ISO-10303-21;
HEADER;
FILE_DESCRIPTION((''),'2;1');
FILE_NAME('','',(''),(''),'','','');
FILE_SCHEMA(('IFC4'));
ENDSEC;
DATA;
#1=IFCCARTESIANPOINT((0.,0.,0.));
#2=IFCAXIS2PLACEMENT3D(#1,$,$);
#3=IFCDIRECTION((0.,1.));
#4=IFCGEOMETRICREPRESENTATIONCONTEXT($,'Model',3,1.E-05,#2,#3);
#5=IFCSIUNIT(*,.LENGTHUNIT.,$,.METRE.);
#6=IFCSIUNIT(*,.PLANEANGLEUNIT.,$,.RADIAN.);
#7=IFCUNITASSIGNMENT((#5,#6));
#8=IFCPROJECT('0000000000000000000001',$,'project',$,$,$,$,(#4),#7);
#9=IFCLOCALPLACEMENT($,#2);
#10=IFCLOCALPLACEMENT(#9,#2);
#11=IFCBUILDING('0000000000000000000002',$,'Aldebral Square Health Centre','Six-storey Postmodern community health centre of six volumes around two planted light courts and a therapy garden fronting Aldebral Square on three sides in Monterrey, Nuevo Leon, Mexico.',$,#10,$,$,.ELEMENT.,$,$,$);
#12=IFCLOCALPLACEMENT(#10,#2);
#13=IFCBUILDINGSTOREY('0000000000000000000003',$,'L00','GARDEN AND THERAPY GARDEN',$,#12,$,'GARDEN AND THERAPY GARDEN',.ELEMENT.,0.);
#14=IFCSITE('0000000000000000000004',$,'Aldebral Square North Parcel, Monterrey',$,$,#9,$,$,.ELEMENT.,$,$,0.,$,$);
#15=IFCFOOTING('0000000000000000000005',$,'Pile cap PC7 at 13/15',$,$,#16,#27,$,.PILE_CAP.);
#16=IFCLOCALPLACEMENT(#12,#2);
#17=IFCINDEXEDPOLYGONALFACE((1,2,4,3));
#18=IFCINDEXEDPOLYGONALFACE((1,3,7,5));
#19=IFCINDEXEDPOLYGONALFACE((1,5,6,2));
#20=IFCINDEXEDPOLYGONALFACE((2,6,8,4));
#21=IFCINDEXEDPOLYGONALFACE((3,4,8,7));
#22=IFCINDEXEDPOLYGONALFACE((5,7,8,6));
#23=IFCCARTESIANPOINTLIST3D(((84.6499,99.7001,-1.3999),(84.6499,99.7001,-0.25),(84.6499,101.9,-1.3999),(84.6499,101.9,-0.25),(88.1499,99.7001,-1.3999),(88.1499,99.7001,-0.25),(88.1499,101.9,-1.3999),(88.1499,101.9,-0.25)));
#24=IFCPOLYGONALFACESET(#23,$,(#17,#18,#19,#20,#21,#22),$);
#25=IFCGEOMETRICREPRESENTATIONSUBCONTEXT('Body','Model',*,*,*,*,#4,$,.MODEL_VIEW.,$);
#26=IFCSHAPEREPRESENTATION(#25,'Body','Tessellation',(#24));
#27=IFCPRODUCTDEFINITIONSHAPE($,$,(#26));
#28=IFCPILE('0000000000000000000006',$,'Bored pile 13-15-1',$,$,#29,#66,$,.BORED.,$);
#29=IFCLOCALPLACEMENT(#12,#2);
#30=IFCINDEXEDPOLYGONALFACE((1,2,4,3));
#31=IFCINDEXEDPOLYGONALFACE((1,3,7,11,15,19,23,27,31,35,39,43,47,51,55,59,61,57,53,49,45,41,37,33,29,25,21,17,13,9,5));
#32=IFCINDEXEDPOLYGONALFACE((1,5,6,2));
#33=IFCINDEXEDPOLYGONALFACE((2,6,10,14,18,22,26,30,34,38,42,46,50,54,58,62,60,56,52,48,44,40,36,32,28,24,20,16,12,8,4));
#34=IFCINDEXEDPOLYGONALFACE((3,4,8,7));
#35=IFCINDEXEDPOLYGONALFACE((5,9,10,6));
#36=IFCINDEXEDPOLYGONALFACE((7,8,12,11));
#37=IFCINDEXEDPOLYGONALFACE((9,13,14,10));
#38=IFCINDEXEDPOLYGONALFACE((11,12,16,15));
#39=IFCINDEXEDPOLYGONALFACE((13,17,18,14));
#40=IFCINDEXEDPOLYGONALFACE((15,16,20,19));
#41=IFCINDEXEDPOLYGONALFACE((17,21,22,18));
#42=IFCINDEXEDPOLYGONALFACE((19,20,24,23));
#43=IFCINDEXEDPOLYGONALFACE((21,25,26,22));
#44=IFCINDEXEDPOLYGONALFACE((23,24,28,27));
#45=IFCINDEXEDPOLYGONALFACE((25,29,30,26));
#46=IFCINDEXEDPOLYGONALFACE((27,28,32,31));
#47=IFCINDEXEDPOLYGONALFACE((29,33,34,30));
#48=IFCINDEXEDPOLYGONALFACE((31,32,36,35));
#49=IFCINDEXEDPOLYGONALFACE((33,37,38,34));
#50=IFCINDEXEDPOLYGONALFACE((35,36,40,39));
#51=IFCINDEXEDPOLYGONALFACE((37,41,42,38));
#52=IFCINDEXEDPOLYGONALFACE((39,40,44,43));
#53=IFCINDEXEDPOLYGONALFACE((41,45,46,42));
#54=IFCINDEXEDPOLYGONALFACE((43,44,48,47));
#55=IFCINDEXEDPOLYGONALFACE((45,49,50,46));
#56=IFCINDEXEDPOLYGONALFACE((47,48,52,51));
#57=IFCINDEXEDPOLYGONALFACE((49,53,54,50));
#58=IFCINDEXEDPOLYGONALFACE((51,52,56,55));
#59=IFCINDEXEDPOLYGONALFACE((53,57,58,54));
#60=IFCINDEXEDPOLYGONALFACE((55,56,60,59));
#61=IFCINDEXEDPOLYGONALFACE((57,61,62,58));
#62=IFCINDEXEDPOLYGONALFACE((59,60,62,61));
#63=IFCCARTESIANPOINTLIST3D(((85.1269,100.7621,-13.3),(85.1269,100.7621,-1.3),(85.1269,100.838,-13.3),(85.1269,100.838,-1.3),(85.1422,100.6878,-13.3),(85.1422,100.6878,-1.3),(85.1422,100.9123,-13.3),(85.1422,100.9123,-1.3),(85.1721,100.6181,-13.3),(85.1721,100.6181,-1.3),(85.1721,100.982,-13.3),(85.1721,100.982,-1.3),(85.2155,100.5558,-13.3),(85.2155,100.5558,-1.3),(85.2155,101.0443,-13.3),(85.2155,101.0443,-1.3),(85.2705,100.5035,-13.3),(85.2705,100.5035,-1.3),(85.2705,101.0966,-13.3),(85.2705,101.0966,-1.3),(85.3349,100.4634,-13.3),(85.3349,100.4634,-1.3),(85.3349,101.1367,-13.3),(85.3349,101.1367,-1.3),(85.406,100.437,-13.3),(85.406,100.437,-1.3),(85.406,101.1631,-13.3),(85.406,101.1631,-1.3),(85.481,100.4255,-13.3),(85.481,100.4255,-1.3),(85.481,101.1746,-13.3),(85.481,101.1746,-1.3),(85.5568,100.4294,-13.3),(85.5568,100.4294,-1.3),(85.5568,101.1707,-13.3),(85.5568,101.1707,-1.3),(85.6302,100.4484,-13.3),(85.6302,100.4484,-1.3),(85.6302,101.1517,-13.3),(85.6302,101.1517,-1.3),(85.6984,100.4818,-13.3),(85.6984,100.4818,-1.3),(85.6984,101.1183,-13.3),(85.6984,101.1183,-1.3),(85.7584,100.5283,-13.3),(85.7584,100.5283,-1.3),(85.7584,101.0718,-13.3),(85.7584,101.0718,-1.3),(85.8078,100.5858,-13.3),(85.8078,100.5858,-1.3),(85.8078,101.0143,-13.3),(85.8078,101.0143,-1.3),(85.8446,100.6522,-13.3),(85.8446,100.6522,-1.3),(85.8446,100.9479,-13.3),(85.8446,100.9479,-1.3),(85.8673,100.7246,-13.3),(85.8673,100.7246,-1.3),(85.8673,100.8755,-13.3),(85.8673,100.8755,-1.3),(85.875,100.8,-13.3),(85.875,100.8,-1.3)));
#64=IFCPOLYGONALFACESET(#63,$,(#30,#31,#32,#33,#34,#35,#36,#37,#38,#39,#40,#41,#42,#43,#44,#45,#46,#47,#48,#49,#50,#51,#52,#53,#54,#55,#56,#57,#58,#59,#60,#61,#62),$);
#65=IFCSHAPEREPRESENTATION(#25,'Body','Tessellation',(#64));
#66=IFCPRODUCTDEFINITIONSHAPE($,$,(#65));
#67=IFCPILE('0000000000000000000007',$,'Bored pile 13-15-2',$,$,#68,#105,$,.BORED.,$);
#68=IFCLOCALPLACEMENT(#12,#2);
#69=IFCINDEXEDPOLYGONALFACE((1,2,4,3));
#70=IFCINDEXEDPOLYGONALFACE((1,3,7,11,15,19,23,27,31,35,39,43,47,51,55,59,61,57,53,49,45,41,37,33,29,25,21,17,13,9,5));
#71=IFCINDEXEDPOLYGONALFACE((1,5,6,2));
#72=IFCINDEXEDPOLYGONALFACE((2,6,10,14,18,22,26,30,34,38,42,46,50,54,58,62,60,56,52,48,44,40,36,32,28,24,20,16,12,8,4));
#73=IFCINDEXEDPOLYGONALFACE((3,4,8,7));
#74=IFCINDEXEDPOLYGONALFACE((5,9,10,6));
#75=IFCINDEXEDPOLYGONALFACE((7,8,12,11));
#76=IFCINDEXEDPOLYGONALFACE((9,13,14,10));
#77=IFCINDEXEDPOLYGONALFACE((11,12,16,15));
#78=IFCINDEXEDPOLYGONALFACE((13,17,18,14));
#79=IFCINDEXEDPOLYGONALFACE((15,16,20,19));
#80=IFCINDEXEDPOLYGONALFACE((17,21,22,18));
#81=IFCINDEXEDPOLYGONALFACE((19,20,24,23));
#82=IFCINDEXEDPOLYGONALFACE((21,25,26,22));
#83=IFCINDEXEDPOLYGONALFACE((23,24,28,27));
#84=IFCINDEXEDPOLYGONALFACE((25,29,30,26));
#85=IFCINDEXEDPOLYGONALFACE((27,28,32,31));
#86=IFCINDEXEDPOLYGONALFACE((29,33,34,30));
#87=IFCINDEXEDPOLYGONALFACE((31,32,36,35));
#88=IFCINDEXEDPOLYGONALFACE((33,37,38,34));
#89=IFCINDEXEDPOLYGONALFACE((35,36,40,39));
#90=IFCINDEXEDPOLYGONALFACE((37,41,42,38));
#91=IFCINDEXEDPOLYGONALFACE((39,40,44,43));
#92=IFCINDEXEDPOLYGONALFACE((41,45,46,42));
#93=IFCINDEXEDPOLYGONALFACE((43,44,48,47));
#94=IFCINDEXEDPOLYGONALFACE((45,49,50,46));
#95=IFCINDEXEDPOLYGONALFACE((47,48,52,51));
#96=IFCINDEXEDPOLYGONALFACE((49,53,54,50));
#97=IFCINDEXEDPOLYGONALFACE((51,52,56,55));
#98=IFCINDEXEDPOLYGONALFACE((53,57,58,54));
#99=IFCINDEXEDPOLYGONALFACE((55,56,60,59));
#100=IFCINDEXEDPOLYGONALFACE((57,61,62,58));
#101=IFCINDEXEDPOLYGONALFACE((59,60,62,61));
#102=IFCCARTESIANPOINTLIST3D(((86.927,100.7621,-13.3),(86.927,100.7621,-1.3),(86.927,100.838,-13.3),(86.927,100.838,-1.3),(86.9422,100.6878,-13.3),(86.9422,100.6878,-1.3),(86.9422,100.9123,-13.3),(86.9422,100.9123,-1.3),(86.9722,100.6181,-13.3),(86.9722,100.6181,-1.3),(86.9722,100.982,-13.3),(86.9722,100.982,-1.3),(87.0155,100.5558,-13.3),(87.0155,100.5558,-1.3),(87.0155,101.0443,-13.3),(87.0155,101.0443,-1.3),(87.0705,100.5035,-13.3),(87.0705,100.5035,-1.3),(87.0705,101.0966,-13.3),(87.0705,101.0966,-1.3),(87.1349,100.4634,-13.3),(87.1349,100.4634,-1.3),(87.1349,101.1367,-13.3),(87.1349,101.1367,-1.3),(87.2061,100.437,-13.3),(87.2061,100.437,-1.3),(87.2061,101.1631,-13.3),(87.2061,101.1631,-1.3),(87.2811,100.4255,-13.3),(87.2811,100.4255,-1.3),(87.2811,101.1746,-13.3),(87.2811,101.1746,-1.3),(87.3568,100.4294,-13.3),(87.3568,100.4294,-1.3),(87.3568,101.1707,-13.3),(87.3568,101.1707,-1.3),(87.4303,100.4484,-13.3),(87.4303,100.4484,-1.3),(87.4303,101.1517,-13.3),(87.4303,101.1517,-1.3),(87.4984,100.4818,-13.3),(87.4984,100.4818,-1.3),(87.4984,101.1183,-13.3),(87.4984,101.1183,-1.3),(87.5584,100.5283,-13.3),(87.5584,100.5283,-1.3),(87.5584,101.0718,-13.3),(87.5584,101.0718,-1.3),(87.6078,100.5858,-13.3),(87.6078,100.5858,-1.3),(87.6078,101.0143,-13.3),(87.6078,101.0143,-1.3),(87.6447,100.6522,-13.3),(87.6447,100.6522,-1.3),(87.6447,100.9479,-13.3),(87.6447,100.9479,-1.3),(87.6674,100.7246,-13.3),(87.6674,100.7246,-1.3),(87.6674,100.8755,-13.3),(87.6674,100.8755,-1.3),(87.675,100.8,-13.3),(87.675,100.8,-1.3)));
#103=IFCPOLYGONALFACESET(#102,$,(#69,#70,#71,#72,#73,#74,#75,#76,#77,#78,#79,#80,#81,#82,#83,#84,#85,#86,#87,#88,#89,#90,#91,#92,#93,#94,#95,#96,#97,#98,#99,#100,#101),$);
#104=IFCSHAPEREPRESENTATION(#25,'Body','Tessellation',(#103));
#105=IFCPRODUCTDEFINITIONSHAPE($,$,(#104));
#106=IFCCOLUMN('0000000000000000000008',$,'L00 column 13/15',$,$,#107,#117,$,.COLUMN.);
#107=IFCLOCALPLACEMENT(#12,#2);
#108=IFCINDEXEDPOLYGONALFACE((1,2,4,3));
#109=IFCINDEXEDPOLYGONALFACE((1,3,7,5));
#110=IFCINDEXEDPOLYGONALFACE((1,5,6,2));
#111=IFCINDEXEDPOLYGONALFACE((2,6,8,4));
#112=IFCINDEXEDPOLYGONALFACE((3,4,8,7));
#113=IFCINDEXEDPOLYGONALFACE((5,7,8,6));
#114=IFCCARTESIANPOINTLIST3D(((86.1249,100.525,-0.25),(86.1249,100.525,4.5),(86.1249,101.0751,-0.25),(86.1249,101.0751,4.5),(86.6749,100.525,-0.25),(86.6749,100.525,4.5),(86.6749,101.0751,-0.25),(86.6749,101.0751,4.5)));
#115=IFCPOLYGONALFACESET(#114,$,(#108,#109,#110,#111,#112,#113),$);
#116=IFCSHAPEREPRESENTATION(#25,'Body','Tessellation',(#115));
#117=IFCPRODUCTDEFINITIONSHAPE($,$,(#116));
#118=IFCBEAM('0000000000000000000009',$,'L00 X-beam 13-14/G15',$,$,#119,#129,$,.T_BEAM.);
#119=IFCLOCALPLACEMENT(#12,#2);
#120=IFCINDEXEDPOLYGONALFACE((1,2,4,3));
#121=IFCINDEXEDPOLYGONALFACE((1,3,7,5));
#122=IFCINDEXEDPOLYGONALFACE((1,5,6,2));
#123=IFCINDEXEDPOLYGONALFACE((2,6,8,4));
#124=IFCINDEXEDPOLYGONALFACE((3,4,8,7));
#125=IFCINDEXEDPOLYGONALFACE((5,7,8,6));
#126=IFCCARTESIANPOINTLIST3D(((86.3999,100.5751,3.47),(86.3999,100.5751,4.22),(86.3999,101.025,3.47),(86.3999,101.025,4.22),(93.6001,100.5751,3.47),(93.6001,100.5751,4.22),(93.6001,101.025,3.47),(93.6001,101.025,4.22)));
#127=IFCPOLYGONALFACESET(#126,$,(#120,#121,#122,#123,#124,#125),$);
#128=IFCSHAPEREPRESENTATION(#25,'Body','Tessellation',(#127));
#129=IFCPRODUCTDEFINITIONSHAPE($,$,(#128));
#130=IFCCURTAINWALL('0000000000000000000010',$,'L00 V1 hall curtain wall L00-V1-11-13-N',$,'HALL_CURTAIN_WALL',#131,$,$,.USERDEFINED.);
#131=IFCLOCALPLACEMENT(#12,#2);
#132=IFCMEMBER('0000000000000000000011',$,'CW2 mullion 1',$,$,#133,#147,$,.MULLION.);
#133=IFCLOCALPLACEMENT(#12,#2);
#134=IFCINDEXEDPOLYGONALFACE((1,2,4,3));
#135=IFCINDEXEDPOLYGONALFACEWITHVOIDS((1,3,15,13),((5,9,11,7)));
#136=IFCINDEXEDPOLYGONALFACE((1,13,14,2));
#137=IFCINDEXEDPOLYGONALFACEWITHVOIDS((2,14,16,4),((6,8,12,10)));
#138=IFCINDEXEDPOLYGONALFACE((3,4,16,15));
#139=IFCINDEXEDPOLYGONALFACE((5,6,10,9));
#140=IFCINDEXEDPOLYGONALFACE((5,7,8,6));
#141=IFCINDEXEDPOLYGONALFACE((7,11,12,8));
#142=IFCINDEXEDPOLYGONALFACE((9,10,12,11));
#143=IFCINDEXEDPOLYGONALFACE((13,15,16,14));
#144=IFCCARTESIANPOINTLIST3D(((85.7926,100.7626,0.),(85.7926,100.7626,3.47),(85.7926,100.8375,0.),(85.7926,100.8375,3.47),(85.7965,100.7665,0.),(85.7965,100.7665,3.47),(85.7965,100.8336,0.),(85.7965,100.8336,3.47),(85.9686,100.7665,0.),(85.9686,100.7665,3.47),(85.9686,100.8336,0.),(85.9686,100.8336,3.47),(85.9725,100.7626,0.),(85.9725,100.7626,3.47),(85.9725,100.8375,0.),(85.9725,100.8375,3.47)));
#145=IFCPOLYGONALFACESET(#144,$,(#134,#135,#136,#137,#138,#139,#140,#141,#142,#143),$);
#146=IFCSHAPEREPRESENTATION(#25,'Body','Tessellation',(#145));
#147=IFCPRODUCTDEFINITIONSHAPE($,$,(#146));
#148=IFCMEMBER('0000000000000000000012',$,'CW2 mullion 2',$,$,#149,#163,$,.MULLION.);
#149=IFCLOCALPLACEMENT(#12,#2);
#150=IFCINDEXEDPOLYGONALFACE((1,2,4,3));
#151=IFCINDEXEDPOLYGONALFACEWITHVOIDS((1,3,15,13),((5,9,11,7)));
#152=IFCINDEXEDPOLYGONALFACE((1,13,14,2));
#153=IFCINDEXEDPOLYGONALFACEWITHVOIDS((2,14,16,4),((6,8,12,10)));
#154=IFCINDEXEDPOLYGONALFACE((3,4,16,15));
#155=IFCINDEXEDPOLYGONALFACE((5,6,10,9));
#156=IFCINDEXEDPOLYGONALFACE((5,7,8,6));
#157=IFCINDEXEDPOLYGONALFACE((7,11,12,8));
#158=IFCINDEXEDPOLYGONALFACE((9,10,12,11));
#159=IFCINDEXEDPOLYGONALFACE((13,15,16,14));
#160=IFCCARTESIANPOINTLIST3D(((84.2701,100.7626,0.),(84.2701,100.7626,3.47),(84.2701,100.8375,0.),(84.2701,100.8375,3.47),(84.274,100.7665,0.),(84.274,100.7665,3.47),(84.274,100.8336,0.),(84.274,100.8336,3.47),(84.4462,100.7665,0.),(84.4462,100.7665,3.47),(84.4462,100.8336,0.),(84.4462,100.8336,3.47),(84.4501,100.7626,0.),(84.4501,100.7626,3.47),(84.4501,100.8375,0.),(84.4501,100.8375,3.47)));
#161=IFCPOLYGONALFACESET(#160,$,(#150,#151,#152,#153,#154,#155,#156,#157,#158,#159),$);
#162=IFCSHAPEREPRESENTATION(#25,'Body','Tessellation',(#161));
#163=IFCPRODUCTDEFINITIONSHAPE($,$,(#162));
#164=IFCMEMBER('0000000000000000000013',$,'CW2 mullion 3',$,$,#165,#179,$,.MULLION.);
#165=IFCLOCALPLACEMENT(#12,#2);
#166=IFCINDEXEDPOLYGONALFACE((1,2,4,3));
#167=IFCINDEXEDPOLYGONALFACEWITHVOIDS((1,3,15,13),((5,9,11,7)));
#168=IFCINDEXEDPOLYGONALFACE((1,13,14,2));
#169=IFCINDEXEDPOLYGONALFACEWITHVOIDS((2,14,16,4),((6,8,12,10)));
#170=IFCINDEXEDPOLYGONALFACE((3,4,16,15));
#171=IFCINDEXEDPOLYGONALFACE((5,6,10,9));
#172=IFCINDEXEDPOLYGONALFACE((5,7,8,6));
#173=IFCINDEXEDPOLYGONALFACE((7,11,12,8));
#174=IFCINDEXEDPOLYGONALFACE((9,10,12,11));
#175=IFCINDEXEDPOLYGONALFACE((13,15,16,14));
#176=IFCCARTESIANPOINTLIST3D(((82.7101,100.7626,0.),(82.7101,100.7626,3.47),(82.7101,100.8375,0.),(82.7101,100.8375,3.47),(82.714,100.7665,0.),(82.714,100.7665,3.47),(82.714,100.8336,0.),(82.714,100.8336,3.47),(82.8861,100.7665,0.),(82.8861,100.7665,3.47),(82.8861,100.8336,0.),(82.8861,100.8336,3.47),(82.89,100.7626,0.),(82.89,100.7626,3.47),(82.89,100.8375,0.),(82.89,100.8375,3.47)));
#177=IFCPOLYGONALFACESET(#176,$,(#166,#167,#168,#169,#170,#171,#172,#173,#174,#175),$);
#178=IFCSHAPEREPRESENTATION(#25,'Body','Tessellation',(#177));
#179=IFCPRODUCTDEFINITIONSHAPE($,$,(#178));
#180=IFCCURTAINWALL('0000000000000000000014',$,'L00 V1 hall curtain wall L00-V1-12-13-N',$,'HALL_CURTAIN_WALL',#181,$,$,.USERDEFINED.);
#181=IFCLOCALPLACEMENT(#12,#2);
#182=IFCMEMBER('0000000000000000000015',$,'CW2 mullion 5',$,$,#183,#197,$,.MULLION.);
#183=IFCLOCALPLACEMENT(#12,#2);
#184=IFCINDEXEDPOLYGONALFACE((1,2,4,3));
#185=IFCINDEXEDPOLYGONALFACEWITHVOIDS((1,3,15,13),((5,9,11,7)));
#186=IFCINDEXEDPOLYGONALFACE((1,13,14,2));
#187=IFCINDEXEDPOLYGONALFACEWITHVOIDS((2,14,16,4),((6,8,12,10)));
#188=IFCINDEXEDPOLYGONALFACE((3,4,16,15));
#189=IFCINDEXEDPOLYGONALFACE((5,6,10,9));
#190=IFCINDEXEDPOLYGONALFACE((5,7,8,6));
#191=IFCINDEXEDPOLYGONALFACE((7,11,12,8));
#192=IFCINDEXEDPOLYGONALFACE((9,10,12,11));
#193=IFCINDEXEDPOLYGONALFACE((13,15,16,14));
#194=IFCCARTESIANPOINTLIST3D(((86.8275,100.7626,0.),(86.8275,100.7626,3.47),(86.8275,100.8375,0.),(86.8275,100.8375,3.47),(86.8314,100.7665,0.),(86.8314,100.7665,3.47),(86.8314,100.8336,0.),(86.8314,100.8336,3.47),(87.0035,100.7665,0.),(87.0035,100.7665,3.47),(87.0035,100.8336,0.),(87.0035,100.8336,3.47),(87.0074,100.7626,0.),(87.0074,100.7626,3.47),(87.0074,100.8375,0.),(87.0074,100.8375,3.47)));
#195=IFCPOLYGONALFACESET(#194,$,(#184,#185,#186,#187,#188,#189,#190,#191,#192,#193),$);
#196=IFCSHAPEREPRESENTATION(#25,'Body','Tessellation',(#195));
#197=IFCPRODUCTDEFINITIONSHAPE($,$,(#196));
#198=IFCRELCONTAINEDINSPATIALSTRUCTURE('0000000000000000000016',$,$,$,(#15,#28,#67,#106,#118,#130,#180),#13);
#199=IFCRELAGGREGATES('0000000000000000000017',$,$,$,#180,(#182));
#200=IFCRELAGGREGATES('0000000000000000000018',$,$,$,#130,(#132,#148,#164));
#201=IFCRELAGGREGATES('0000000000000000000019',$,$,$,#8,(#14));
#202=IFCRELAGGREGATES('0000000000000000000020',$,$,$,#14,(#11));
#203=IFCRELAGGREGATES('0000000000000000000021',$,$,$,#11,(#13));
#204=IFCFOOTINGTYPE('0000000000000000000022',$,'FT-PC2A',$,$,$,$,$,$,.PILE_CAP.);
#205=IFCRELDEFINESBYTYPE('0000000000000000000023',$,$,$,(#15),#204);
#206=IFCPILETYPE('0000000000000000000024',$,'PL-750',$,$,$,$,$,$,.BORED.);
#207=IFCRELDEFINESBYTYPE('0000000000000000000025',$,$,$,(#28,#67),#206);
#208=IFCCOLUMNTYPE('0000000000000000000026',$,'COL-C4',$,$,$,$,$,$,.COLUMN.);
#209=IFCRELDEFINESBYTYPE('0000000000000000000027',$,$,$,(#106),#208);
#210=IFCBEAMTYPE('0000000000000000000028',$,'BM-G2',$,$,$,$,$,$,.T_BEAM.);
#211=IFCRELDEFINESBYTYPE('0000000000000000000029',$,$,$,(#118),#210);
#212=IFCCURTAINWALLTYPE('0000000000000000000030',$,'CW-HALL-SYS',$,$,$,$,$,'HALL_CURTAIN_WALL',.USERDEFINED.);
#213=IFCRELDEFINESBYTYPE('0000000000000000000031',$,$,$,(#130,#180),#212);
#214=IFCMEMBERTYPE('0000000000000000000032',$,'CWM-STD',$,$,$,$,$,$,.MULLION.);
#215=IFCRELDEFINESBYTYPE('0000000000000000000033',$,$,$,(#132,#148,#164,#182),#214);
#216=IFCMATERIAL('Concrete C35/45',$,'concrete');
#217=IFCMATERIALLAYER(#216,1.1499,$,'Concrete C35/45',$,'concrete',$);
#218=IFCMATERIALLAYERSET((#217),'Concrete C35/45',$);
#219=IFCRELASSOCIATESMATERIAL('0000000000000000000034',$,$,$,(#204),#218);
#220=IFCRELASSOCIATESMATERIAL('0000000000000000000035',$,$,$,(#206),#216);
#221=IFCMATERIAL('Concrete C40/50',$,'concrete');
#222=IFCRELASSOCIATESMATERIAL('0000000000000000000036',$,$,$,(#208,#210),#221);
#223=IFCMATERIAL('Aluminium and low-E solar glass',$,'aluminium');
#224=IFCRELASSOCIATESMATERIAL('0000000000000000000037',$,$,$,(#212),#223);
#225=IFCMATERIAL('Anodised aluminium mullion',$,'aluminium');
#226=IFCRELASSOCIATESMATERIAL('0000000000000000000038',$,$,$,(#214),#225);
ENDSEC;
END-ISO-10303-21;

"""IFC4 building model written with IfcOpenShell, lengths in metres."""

from ifc_helpers import new_model, si_unit, direction, frame, origin, origin_2d, place, context, subcontext, project, spatial, rectangle, hollow_rectangle, circle, extrude, material, layer, layer_set, material_profile, profile_set, type_object, element, aggregate, save


model = new_model("IFC4")

# Units and contexts
model_context = context("Model", 3, precision=1e-05, world=origin(), true_north=direction((0.0, 1.0)))
body_context = subcontext(model_context, "Body", "Model", "MODEL_VIEW")
ifc_project = project(units=[si_unit("LENGTHUNIT", "METRE"), si_unit("PLANEANGLEUNIT", "RADIAN")], contexts=[model_context])

# Site, building, storey
site_placement = place(None, origin())
site = spatial("IfcSite", under=ifc_project, at=site_placement, Name="Aldebral Square North Parcel, Monterrey", CompositionType="ELEMENT", RefElevation=0.0)
building_placement = place(site_placement, origin())
building = spatial("IfcBuilding", under=site, at=building_placement, Name="Aldebral Square Health Centre", Description="Six-storey Postmodern community health centre of six volumes around two planted light courts and a therapy garden fronting Aldebral Square on three sides in Monterrey, Nuevo Leon, Mexico.", CompositionType="ELEMENT")
storey_placement = place(building_placement, origin())
storey = spatial("IfcBuildingStorey", under=building, at=storey_placement, Name="L00", Description="GARDEN AND THERAPY GARDEN", LongName="GARDEN AND THERAPY GARDEN", CompositionType="ELEMENT", Elevation=0.0)

# Footing
ifc_material_1 = material(Name="Concrete C35/45", Category="concrete")
ifc_layer_1 = layer(ifc_material_1, 1.1499, Name="Concrete C35/45", Category="concrete")
ifc_layer_set_1 = layer_set([ifc_layer_1], Name="Concrete C35/45")
footing_type = type_object("IfcFootingType", Name="FT-PC2A", PredefinedType="PILE_CAP", material=ifc_layer_set_1)
footing_placement = place(storey_placement, frame((86.3999, 100.8, -1.3999), z_axis=(0.0, 0.0, 1.0), x_axis=(1.0, 0.0, 0.0)))
element("IfcFooting", 1, at=footing_placement, inside=storey, type_object=footing_type, Name="Pile cap PC7 at 13/15", PredefinedType="PILE_CAP", context=body_context, shape_type="SweptSolid", body=[
    extrude(rectangle(XDim=3.5, YDim=2.2, at=origin_2d()), origin(), (0.0, 0.0, 1.0), 1.1499),
])

# Piles
ifc_material_profile_1 = material_profile(ifc_material_1, circle(Radius=0.375, at=origin_2d()), Name="PILE D750")
ifc_profile_set_1 = profile_set([ifc_material_profile_1], Name="Concrete C35/45")
pile_type = type_object("IfcPileType", Name="PL-750", PredefinedType="BORED", material=ifc_profile_set_1)
for number, where, z_axis, x_axis, name in (
    (2, (85.5, 100.8, -1.3), (0.0, 0.0, -1.0), (1.0, 0.0, 0.0), "Bored pile 13-15-1"),
    (3, (87.3, 100.8, -1.3), (0.0, 0.0, -1.0), (1.0, 0.0, 0.0), "Bored pile 13-15-2"),
):
    element("IfcPile", number, at=place(storey_placement, frame(where, z_axis=z_axis, x_axis=x_axis)), inside=storey, type_object=pile_type, Name=name, PredefinedType="BORED", context=body_context, shape_type="SweptSolid", body=[
        extrude(circle(Radius=0.375, at=origin_2d()), origin(), (0.0, 0.0, 1.0), 12.0),
    ])

# Column
ifc_material_2 = material(Name="Concrete C40/50", Category="concrete")
ifc_material_profile_2 = material_profile(ifc_material_2, rectangle(XDim=0.55, YDim=0.55, at=origin_2d()), Name="RC 550x550")
ifc_profile_set_2 = profile_set([ifc_material_profile_2], Name="Concrete C40/50")
column_type = type_object("IfcColumnType", Name="COL-C4", PredefinedType="COLUMN", material=ifc_profile_set_2)
column_placement = place(storey_placement, frame((86.3999, 100.8, -0.25), z_axis=(0.0, 0.0, 1.0), x_axis=(1.0, 0.0, 0.0)))
element("IfcColumn", 4, at=column_placement, inside=storey, type_object=column_type, Name="L00 column 13/15", PredefinedType="COLUMN", context=body_context, shape_type="SweptSolid", body=[
    extrude(rectangle(XDim=0.55, YDim=0.55, at=origin_2d()), origin(), (0.0, 0.0, 1.0), 4.75),
])

# Beam
ifc_material_profile_3 = material_profile(ifc_material_2, rectangle(XDim=0.45, YDim=0.75, at=origin_2d()), Name="RC 450x750")
ifc_profile_set_3 = profile_set([ifc_material_profile_3], Name="Concrete C40/50")
beam_type = type_object("IfcBeamType", Name="BM-G2", PredefinedType="T_BEAM", material=ifc_profile_set_3)
beam_placement = place(storey_placement, frame((86.3999, 100.8, 3.845), z_axis=(1.0, 0.0, 0.0), x_axis=(0.0, 1.0, 0.0)))
element("IfcBeam", 5, at=beam_placement, inside=storey, type_object=beam_type, Name="L00 X-beam 13-14/G15", PredefinedType="T_BEAM", context=body_context, shape_type="SweptSolid", body=[
    extrude(rectangle(XDim=0.45, YDim=0.75, at=origin_2d()), origin(), (0.0, 0.0, 1.0), 7.2002),
])

# Curtain wall, members
ifc_material_3 = material(Name="Aluminium and low-E solar glass", Category="aluminium")
curtain_wall_type = type_object("IfcCurtainWallType", Name="CW-HALL-SYS", ElementType="HALL_CURTAIN_WALL", PredefinedType="USERDEFINED", material=ifc_material_3)
curtain_wall_1_placement = place(storey_placement, origin())
curtain_wall_1 = element("IfcCurtainWall", 6, at=curtain_wall_1_placement, inside=storey, type_object=curtain_wall_type, Name="L00 V1 hall curtain wall L00-V1-11-13-N", ObjectType="HALL_CURTAIN_WALL", PredefinedType="USERDEFINED")
ifc_material_4 = material(Name="Anodised aluminium mullion", Category="aluminium")
ifc_material_profile_4 = material_profile(ifc_material_4, hollow_rectangle(XDim=0.075, YDim=0.1799, WallThickness=0.0039, at=origin_2d()), Name="CWM 75x180x4")
ifc_profile_set_4 = profile_set([ifc_material_profile_4], Name="Anodised aluminium mullion")
member_type_1 = type_object("IfcMemberType", Name="CWM-STD", PredefinedType="MULLION", material=ifc_profile_set_4)
member_1_placement = place(storey_placement, frame((85.8826, 100.8, 0.0), z_axis=(0.0, 0.0, 1.0), x_axis=(0.0, -1.0, 0.0)))
member_1 = element("IfcMember", 7, at=member_1_placement, type_object=member_type_1, Name="CW2 mullion 1", PredefinedType="MULLION", context=body_context, shape_type="SweptSolid", body=[
    extrude(hollow_rectangle(XDim=0.075, YDim=0.1799, WallThickness=0.0039, at=origin_2d()), origin(), (0.0, 0.0, 1.0), 3.47),
])
member_2_placement = place(storey_placement, frame((84.3601, 100.8, 0.0), z_axis=(0.0, 0.0, 1.0), x_axis=(0.0, -1.0, 0.0)))
member_2 = element("IfcMember", 8, at=member_2_placement, type_object=member_type_1, Name="CW2 mullion 2", PredefinedType="MULLION", context=body_context, shape_type="SweptSolid", body=[
    extrude(hollow_rectangle(XDim=0.075, YDim=0.1799, WallThickness=0.0039, at=origin_2d()), origin(), (0.0, 0.0, 1.0), 3.47),
])
member_3_placement = place(storey_placement, frame((82.8, 100.8, 0.0), z_axis=(0.0, 0.0, 1.0), x_axis=(0.0, -1.0, 0.0)))
member_3 = element("IfcMember", 9, at=member_3_placement, type_object=member_type_1, Name="CW2 mullion 3", PredefinedType="MULLION", context=body_context, shape_type="SweptSolid", body=[
    extrude(hollow_rectangle(XDim=0.075, YDim=0.1799, WallThickness=0.0039, at=origin_2d()), origin(), (0.0, 0.0, 1.0), 3.47),
])

# Curtain wall, member
curtain_wall_2_placement = place(storey_placement, origin())
curtain_wall_2 = element("IfcCurtainWall", 10, at=curtain_wall_2_placement, inside=storey, type_object=curtain_wall_type, Name="L00 V1 hall curtain wall L00-V1-12-13-N", ObjectType="HALL_CURTAIN_WALL", PredefinedType="USERDEFINED")
member_4_placement = place(storey_placement, frame((86.9175, 100.8, 0.0), z_axis=(0.0, 0.0, 1.0), x_axis=(0.0, -1.0, 0.0)))
member_4 = element("IfcMember", 11, at=member_4_placement, type_object=member_type_1, Name="CW2 mullion 5", PredefinedType="MULLION", context=body_context, shape_type="SweptSolid", body=[
    extrude(hollow_rectangle(XDim=0.075, YDim=0.1799, WallThickness=0.0039, at=origin_2d()), origin(), (0.0, 0.0, 1.0), 3.47),
])
aggregate(curtain_wall_2, [member_4])

aggregate(curtain_wall_1, [member_1, member_2, member_3])

save(model, "model.ifc")
